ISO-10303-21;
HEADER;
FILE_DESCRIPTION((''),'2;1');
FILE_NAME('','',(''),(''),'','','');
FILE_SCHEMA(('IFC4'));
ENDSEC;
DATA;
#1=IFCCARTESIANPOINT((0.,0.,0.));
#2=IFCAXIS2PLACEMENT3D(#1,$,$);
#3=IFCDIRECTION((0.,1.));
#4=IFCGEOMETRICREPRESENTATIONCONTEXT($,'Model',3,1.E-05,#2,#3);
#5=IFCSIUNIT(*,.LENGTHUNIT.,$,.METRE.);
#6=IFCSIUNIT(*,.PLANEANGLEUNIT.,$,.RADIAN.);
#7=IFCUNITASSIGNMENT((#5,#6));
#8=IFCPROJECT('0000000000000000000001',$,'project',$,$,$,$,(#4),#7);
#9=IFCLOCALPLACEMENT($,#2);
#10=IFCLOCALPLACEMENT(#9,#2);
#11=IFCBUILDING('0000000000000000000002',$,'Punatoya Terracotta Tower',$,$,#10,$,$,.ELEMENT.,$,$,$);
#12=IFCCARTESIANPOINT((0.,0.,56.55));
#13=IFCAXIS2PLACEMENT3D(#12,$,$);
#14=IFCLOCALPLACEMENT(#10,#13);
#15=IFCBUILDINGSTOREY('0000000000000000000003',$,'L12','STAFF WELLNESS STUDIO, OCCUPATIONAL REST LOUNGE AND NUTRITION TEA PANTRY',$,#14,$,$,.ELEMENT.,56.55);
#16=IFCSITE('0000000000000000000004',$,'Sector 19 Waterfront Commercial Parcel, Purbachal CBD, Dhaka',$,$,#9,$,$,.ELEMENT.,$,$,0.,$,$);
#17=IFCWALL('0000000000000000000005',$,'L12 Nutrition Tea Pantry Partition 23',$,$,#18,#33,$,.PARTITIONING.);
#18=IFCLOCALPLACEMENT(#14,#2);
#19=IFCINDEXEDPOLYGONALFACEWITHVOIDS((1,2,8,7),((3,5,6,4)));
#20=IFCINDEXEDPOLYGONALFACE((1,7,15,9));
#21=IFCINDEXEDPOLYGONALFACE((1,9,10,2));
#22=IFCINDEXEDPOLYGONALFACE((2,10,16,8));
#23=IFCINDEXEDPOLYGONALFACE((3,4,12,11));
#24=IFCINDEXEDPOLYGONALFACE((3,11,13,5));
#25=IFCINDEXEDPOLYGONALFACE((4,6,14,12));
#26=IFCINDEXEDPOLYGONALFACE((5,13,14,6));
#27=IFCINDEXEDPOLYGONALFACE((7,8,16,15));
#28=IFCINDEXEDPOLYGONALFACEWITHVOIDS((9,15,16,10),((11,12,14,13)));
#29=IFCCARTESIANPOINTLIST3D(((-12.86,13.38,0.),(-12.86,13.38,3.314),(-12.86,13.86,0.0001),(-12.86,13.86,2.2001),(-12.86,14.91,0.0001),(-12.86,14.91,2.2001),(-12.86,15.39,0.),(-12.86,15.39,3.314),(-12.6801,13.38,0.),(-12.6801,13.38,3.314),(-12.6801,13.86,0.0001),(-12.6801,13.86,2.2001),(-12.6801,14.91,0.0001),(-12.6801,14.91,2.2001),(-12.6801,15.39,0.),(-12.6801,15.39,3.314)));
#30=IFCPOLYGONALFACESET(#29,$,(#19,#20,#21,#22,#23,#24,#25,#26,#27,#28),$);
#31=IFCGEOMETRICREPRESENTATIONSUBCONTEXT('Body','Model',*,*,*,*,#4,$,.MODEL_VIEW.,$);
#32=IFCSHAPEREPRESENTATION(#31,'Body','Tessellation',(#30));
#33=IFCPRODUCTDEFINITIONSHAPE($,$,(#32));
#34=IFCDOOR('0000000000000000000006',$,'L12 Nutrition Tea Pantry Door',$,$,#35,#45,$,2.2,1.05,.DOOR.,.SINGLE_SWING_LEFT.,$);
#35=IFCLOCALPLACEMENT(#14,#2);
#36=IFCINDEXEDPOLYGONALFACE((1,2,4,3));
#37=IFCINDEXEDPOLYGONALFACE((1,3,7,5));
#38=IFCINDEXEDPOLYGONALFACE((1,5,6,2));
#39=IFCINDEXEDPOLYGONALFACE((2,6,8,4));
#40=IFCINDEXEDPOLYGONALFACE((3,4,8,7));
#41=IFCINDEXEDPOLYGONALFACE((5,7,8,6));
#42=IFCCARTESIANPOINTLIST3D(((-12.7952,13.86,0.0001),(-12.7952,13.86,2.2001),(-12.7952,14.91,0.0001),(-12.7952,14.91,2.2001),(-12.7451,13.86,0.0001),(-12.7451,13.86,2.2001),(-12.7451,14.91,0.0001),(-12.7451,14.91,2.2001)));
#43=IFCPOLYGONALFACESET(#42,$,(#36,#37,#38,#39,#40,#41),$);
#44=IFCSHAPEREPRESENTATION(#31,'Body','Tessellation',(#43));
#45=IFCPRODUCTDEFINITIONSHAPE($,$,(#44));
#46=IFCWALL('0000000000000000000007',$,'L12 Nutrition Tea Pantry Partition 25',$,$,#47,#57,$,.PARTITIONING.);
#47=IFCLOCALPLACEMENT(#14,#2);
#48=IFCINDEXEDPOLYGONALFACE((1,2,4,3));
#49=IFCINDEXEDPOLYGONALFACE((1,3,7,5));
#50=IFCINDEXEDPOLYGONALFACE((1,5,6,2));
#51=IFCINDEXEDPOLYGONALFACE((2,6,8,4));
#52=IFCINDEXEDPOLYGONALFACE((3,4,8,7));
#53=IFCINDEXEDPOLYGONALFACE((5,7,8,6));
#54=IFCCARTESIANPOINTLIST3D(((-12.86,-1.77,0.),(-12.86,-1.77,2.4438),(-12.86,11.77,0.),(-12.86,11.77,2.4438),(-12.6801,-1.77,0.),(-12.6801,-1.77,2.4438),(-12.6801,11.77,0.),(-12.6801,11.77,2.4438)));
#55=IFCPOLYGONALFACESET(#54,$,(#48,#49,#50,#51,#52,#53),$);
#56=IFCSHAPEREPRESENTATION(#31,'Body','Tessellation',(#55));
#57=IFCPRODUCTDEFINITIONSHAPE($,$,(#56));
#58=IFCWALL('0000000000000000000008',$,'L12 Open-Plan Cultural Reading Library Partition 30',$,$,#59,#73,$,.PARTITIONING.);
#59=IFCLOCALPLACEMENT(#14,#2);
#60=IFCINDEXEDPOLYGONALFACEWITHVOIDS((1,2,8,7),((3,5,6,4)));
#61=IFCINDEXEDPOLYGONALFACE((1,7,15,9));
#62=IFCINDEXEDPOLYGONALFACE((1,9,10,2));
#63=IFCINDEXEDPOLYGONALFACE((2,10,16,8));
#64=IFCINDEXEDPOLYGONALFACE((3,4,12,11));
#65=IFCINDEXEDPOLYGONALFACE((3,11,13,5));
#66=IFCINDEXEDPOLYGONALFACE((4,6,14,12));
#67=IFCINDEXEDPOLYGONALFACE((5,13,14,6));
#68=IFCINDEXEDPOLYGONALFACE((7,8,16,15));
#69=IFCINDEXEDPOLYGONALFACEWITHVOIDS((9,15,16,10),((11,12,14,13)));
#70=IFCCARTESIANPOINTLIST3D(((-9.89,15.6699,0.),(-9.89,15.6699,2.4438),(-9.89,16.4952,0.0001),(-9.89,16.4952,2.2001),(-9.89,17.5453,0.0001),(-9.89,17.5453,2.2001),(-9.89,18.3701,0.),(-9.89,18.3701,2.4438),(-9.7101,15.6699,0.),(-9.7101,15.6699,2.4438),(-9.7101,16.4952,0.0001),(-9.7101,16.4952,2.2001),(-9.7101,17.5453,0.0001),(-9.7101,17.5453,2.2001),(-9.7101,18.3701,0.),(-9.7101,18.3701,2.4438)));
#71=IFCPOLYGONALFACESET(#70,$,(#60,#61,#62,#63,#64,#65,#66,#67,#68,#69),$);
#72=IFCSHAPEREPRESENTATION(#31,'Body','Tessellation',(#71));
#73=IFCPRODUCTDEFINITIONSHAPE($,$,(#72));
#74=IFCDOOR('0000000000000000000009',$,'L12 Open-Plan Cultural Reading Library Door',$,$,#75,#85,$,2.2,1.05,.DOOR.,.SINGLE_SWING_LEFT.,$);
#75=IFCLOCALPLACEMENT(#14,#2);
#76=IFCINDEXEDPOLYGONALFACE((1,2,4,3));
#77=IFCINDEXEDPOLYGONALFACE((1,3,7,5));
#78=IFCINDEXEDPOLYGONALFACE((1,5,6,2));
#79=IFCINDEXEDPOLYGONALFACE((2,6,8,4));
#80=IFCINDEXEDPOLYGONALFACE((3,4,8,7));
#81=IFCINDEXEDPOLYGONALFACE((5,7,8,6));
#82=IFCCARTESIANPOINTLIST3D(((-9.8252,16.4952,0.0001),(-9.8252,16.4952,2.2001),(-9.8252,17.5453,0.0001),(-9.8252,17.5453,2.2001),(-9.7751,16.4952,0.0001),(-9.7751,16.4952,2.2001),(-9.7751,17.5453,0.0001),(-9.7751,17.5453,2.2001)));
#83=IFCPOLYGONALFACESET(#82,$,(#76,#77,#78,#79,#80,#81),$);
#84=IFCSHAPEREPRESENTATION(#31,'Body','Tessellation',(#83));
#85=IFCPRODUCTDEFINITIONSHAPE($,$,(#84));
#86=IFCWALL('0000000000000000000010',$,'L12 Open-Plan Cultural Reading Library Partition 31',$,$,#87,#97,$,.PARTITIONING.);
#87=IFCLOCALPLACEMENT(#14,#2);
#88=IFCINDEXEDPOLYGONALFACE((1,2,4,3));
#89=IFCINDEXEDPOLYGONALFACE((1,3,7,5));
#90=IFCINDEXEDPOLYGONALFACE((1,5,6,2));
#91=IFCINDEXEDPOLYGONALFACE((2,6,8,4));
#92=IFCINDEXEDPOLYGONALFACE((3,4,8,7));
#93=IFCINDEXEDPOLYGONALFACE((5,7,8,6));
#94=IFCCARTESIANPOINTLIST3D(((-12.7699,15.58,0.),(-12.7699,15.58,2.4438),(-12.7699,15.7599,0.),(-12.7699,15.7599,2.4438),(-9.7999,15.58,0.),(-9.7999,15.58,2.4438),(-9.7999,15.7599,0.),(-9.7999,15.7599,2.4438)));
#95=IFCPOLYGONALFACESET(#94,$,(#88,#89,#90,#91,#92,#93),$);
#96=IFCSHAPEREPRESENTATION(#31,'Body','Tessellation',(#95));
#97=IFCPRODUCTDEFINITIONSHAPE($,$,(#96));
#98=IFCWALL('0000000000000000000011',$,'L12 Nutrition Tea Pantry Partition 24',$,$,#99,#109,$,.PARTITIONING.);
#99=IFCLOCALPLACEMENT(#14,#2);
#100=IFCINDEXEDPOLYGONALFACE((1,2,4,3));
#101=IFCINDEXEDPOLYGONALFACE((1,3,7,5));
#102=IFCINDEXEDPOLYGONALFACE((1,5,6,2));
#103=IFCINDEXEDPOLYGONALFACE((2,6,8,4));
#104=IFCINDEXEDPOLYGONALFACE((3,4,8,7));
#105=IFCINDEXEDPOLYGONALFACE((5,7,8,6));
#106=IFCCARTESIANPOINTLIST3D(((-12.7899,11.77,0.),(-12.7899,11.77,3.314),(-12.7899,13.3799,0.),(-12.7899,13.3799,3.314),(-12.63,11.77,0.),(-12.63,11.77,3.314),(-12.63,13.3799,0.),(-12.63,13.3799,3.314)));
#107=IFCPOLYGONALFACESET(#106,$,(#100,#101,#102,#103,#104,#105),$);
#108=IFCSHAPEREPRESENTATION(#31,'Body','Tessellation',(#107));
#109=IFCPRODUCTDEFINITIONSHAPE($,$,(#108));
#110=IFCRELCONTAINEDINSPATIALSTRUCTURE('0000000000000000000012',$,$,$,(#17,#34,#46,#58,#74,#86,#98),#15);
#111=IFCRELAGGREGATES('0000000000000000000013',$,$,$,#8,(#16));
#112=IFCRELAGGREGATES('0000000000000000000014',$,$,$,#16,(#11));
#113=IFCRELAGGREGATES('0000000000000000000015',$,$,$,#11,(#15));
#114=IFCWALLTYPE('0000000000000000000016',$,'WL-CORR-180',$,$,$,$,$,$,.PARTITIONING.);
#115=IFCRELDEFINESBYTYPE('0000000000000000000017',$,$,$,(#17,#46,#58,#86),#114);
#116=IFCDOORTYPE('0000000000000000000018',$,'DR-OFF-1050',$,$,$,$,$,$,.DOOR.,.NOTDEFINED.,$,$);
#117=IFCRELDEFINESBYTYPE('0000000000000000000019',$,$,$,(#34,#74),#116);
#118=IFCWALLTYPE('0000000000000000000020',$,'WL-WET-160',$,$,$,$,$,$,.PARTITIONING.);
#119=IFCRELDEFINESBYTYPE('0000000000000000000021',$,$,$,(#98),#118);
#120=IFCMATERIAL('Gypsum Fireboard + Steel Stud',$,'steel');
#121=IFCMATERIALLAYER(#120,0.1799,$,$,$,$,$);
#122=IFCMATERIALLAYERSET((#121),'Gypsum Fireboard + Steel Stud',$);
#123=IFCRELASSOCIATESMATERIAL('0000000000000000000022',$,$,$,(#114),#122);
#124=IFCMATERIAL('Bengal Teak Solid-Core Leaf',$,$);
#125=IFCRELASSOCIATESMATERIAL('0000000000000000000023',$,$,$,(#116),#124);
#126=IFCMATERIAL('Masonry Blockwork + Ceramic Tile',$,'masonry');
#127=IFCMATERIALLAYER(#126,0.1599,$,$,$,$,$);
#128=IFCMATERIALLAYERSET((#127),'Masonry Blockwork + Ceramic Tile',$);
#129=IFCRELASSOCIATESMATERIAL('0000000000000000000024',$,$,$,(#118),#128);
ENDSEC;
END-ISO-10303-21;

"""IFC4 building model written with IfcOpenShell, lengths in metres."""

from ifc_helpers import new_model, si_unit, direction, frame, frame_2d, origin, place, context, subcontext, project, spatial, rectangle, extrude, material, layer, layer_set, type_object, element, fill, save


model = new_model("IFC4")

# Units and contexts
model_context = context("Model", 3, precision=1e-05, world=origin(), true_north=direction((0.0, 1.0)))
body_context = subcontext(model_context, "Body", "Model", "MODEL_VIEW")
ifc_project = project(units=[si_unit("LENGTHUNIT", "METRE"), si_unit("PLANEANGLEUNIT", "RADIAN")], contexts=[model_context])

# Site, building, storey
site_placement = place(None, origin())
site = spatial("IfcSite", under=ifc_project, at=site_placement, Name="Sector 19 Waterfront Commercial Parcel, Purbachal CBD, Dhaka", CompositionType="ELEMENT", RefElevation=0.0)
building_placement = place(site_placement, origin())
building = spatial("IfcBuilding", under=site, at=building_placement, Name="Punatoya Terracotta Tower", CompositionType="ELEMENT")
storey_placement = place(building_placement, frame((0.0, 0.0, 56.55)))
storey = spatial("IfcBuildingStorey", under=building, at=storey_placement, Name="L12", Description="STAFF WELLNESS STUDIO, OCCUPATIONAL REST LOUNGE AND NUTRITION TEA PANTRY", CompositionType="ELEMENT", Elevation=56.55)

# Wall, opening, door
ifc_material_1 = material(Name="Gypsum Fireboard + Steel Stud", Category="steel")
ifc_layer_1 = layer(ifc_material_1, 0.1799)
ifc_layer_set_1 = layer_set([ifc_layer_1], Name="Gypsum Fireboard + Steel Stud")
wall_type_1 = type_object("IfcWallType", Name="WL-CORR-180", PredefinedType="PARTITIONING", material=ifc_layer_set_1)
wall_1_placement = place(storey_placement, frame((-12.77, 15.3899, 0.0), z_axis=(0.0, 0.0, 1.0), x_axis=(0.0, -1.0, 0.0)))
wall_1 = element("IfcWall", 1, at=wall_1_placement, inside=storey, type_object=wall_type_1, Name="L12 Nutrition Tea Pantry Partition 23", PredefinedType="PARTITIONING", context=body_context, shape_type="SweptSolid", body=[
    extrude(rectangle(XDim=2.01, YDim=0.1799, at=frame_2d((1.0049, 0.0))), origin(), (0.0, 0.0, 1.0), 3.314),
])
opening_1_placement = place(wall_1_placement, frame((0.48, 0.0, 0.0)))
opening_1 = element("IfcOpeningElement", 2, at=opening_1_placement, cuts=wall_1, PredefinedType="OPENING", context=body_context, shape_type="SweptSolid", body=[
    extrude(rectangle(XDim=1.05, YDim=2.2, at=frame_2d((0.5249, 1.1001))), frame((0.0, 0.0999, 0.0), z_axis=(0.0, -1.0, 0.0), x_axis=(1.0, 0.0, 0.0)), (0.0, 0.0, 1.0), 0.2),
])
ifc_material_2 = material(Name="Bengal Teak Solid-Core Leaf")
door_type_1 = type_object("IfcDoorType", Name="DR-OFF-1050", OperationType="NOTDEFINED", PredefinedType="DOOR", material=ifc_material_2)
door_1_placement = place(opening_1_placement, origin())
door_1 = element("IfcDoor", 3, at=door_1_placement, inside=storey, type_object=door_type_1, Name="L12 Nutrition Tea Pantry Door", OperationType="SINGLE_SWING_LEFT", OverallHeight=2.2, OverallWidth=1.05, PredefinedType="DOOR", context=body_context, shape_type="SweptSolid", body=[
    extrude(rectangle(XDim=1.05, YDim=2.2, at=frame_2d((0.5249, 1.1001))), frame((0.0, 0.0249, 0.0), z_axis=(0.0, -1.0, 0.0), x_axis=(1.0, 0.0, 0.0)), (0.0, 0.0, 1.0), 0.05),
])
fill(opening_1, door_1)

# Wall
wall_2_placement = place(storey_placement, frame((-12.77, 11.77, 0.0), z_axis=(0.0, 0.0, 1.0), x_axis=(0.0, -1.0, 0.0)))
element("IfcWall", 4, at=wall_2_placement, inside=storey, type_object=wall_type_1, Name="L12 Nutrition Tea Pantry Partition 25", PredefinedType="PARTITIONING", context=body_context, shape_type="SweptSolid", body=[
    extrude(rectangle(XDim=13.54, YDim=0.1799, at=frame_2d((6.77, 0.0))), origin(), (0.0, 0.0, 1.0), 2.4438),
])

# Wall, opening, door
wall_3_placement = place(storey_placement, frame((-9.8, 18.3701, 0.0), z_axis=(0.0, 0.0, 1.0), x_axis=(0.0, -1.0, 0.0)))
wall_3 = element("IfcWall", 5, at=wall_3_placement, inside=storey, type_object=wall_type_1, Name="L12 Open-Plan Cultural Reading Library Partition 30", PredefinedType="PARTITIONING", context=body_context, shape_type="SweptSolid", body=[
    extrude(rectangle(XDim=2.7002, YDim=0.1799, at=frame_2d((1.3501, 0.0))), origin(), (0.0, 0.0, 1.0), 2.4438),
])
opening_2_placement = place(wall_3_placement, frame((0.825, 0.0, 0.0)))
opening_2 = element("IfcOpeningElement", 6, at=opening_2_placement, cuts=wall_3, PredefinedType="OPENING", context=body_context, shape_type="SweptSolid", body=[
    extrude(rectangle(XDim=1.05, YDim=2.2, at=frame_2d((0.5249, 1.1001))), frame((0.0, 0.0999, 0.0), z_axis=(0.0, -1.0, 0.0), x_axis=(1.0, 0.0, 0.0)), (0.0, 0.0, 1.0), 0.2),
])
door_2_placement = place(opening_2_placement, origin())
door_2 = element("IfcDoor", 7, at=door_2_placement, inside=storey, type_object=door_type_1, Name="L12 Open-Plan Cultural Reading Library Door", OperationType="SINGLE_SWING_LEFT", OverallHeight=2.2, OverallWidth=1.05, PredefinedType="DOOR", context=body_context, shape_type="SweptSolid", body=[
    extrude(rectangle(XDim=1.05, YDim=2.2, at=frame_2d((0.5249, 1.1001))), frame((0.0, 0.0249, 0.0), z_axis=(0.0, -1.0, 0.0), x_axis=(1.0, 0.0, 0.0)), (0.0, 0.0, 1.0), 0.05),
])
fill(opening_2, door_2)

# Walls
wall_4_placement = place(storey_placement, frame((-9.8, 15.6699, 0.0), z_axis=(0.0, 0.0, 1.0), x_axis=(-1.0, 0.0, 0.0)))
element("IfcWall", 8, at=wall_4_placement, inside=storey, type_object=wall_type_1, Name="L12 Open-Plan Cultural Reading Library Partition 31", PredefinedType="PARTITIONING", context=body_context, shape_type="SweptSolid", body=[
    extrude(rectangle(XDim=2.97, YDim=0.1799, at=frame_2d((1.4849, 0.0))), origin(), (0.0, 0.0, 1.0), 2.4438),
])
ifc_material_3 = material(Name="Masonry Blockwork + Ceramic Tile", Category="masonry")
ifc_layer_2 = layer(ifc_material_3, 0.1599)
ifc_layer_set_2 = layer_set([ifc_layer_2], Name="Masonry Blockwork + Ceramic Tile")
wall_type_2 = type_object("IfcWallType", Name="WL-WET-160", PredefinedType="PARTITIONING", material=ifc_layer_set_2)
wall_5_placement = place(storey_placement, frame((-12.71, 13.3799, 0.0), z_axis=(0.0, 0.0, 1.0), x_axis=(0.0, -1.0, 0.0)))
element("IfcWall", 9, at=wall_5_placement, inside=storey, type_object=wall_type_2, Name="L12 Nutrition Tea Pantry Partition 24", PredefinedType="PARTITIONING", context=body_context, shape_type="SweptSolid", body=[
    extrude(rectangle(XDim=1.6099, YDim=0.1599, at=frame_2d((0.8049, 0.0))), origin(), (0.0, 0.0, 1.0), 3.314),
])

save(model, "model.ifc")
